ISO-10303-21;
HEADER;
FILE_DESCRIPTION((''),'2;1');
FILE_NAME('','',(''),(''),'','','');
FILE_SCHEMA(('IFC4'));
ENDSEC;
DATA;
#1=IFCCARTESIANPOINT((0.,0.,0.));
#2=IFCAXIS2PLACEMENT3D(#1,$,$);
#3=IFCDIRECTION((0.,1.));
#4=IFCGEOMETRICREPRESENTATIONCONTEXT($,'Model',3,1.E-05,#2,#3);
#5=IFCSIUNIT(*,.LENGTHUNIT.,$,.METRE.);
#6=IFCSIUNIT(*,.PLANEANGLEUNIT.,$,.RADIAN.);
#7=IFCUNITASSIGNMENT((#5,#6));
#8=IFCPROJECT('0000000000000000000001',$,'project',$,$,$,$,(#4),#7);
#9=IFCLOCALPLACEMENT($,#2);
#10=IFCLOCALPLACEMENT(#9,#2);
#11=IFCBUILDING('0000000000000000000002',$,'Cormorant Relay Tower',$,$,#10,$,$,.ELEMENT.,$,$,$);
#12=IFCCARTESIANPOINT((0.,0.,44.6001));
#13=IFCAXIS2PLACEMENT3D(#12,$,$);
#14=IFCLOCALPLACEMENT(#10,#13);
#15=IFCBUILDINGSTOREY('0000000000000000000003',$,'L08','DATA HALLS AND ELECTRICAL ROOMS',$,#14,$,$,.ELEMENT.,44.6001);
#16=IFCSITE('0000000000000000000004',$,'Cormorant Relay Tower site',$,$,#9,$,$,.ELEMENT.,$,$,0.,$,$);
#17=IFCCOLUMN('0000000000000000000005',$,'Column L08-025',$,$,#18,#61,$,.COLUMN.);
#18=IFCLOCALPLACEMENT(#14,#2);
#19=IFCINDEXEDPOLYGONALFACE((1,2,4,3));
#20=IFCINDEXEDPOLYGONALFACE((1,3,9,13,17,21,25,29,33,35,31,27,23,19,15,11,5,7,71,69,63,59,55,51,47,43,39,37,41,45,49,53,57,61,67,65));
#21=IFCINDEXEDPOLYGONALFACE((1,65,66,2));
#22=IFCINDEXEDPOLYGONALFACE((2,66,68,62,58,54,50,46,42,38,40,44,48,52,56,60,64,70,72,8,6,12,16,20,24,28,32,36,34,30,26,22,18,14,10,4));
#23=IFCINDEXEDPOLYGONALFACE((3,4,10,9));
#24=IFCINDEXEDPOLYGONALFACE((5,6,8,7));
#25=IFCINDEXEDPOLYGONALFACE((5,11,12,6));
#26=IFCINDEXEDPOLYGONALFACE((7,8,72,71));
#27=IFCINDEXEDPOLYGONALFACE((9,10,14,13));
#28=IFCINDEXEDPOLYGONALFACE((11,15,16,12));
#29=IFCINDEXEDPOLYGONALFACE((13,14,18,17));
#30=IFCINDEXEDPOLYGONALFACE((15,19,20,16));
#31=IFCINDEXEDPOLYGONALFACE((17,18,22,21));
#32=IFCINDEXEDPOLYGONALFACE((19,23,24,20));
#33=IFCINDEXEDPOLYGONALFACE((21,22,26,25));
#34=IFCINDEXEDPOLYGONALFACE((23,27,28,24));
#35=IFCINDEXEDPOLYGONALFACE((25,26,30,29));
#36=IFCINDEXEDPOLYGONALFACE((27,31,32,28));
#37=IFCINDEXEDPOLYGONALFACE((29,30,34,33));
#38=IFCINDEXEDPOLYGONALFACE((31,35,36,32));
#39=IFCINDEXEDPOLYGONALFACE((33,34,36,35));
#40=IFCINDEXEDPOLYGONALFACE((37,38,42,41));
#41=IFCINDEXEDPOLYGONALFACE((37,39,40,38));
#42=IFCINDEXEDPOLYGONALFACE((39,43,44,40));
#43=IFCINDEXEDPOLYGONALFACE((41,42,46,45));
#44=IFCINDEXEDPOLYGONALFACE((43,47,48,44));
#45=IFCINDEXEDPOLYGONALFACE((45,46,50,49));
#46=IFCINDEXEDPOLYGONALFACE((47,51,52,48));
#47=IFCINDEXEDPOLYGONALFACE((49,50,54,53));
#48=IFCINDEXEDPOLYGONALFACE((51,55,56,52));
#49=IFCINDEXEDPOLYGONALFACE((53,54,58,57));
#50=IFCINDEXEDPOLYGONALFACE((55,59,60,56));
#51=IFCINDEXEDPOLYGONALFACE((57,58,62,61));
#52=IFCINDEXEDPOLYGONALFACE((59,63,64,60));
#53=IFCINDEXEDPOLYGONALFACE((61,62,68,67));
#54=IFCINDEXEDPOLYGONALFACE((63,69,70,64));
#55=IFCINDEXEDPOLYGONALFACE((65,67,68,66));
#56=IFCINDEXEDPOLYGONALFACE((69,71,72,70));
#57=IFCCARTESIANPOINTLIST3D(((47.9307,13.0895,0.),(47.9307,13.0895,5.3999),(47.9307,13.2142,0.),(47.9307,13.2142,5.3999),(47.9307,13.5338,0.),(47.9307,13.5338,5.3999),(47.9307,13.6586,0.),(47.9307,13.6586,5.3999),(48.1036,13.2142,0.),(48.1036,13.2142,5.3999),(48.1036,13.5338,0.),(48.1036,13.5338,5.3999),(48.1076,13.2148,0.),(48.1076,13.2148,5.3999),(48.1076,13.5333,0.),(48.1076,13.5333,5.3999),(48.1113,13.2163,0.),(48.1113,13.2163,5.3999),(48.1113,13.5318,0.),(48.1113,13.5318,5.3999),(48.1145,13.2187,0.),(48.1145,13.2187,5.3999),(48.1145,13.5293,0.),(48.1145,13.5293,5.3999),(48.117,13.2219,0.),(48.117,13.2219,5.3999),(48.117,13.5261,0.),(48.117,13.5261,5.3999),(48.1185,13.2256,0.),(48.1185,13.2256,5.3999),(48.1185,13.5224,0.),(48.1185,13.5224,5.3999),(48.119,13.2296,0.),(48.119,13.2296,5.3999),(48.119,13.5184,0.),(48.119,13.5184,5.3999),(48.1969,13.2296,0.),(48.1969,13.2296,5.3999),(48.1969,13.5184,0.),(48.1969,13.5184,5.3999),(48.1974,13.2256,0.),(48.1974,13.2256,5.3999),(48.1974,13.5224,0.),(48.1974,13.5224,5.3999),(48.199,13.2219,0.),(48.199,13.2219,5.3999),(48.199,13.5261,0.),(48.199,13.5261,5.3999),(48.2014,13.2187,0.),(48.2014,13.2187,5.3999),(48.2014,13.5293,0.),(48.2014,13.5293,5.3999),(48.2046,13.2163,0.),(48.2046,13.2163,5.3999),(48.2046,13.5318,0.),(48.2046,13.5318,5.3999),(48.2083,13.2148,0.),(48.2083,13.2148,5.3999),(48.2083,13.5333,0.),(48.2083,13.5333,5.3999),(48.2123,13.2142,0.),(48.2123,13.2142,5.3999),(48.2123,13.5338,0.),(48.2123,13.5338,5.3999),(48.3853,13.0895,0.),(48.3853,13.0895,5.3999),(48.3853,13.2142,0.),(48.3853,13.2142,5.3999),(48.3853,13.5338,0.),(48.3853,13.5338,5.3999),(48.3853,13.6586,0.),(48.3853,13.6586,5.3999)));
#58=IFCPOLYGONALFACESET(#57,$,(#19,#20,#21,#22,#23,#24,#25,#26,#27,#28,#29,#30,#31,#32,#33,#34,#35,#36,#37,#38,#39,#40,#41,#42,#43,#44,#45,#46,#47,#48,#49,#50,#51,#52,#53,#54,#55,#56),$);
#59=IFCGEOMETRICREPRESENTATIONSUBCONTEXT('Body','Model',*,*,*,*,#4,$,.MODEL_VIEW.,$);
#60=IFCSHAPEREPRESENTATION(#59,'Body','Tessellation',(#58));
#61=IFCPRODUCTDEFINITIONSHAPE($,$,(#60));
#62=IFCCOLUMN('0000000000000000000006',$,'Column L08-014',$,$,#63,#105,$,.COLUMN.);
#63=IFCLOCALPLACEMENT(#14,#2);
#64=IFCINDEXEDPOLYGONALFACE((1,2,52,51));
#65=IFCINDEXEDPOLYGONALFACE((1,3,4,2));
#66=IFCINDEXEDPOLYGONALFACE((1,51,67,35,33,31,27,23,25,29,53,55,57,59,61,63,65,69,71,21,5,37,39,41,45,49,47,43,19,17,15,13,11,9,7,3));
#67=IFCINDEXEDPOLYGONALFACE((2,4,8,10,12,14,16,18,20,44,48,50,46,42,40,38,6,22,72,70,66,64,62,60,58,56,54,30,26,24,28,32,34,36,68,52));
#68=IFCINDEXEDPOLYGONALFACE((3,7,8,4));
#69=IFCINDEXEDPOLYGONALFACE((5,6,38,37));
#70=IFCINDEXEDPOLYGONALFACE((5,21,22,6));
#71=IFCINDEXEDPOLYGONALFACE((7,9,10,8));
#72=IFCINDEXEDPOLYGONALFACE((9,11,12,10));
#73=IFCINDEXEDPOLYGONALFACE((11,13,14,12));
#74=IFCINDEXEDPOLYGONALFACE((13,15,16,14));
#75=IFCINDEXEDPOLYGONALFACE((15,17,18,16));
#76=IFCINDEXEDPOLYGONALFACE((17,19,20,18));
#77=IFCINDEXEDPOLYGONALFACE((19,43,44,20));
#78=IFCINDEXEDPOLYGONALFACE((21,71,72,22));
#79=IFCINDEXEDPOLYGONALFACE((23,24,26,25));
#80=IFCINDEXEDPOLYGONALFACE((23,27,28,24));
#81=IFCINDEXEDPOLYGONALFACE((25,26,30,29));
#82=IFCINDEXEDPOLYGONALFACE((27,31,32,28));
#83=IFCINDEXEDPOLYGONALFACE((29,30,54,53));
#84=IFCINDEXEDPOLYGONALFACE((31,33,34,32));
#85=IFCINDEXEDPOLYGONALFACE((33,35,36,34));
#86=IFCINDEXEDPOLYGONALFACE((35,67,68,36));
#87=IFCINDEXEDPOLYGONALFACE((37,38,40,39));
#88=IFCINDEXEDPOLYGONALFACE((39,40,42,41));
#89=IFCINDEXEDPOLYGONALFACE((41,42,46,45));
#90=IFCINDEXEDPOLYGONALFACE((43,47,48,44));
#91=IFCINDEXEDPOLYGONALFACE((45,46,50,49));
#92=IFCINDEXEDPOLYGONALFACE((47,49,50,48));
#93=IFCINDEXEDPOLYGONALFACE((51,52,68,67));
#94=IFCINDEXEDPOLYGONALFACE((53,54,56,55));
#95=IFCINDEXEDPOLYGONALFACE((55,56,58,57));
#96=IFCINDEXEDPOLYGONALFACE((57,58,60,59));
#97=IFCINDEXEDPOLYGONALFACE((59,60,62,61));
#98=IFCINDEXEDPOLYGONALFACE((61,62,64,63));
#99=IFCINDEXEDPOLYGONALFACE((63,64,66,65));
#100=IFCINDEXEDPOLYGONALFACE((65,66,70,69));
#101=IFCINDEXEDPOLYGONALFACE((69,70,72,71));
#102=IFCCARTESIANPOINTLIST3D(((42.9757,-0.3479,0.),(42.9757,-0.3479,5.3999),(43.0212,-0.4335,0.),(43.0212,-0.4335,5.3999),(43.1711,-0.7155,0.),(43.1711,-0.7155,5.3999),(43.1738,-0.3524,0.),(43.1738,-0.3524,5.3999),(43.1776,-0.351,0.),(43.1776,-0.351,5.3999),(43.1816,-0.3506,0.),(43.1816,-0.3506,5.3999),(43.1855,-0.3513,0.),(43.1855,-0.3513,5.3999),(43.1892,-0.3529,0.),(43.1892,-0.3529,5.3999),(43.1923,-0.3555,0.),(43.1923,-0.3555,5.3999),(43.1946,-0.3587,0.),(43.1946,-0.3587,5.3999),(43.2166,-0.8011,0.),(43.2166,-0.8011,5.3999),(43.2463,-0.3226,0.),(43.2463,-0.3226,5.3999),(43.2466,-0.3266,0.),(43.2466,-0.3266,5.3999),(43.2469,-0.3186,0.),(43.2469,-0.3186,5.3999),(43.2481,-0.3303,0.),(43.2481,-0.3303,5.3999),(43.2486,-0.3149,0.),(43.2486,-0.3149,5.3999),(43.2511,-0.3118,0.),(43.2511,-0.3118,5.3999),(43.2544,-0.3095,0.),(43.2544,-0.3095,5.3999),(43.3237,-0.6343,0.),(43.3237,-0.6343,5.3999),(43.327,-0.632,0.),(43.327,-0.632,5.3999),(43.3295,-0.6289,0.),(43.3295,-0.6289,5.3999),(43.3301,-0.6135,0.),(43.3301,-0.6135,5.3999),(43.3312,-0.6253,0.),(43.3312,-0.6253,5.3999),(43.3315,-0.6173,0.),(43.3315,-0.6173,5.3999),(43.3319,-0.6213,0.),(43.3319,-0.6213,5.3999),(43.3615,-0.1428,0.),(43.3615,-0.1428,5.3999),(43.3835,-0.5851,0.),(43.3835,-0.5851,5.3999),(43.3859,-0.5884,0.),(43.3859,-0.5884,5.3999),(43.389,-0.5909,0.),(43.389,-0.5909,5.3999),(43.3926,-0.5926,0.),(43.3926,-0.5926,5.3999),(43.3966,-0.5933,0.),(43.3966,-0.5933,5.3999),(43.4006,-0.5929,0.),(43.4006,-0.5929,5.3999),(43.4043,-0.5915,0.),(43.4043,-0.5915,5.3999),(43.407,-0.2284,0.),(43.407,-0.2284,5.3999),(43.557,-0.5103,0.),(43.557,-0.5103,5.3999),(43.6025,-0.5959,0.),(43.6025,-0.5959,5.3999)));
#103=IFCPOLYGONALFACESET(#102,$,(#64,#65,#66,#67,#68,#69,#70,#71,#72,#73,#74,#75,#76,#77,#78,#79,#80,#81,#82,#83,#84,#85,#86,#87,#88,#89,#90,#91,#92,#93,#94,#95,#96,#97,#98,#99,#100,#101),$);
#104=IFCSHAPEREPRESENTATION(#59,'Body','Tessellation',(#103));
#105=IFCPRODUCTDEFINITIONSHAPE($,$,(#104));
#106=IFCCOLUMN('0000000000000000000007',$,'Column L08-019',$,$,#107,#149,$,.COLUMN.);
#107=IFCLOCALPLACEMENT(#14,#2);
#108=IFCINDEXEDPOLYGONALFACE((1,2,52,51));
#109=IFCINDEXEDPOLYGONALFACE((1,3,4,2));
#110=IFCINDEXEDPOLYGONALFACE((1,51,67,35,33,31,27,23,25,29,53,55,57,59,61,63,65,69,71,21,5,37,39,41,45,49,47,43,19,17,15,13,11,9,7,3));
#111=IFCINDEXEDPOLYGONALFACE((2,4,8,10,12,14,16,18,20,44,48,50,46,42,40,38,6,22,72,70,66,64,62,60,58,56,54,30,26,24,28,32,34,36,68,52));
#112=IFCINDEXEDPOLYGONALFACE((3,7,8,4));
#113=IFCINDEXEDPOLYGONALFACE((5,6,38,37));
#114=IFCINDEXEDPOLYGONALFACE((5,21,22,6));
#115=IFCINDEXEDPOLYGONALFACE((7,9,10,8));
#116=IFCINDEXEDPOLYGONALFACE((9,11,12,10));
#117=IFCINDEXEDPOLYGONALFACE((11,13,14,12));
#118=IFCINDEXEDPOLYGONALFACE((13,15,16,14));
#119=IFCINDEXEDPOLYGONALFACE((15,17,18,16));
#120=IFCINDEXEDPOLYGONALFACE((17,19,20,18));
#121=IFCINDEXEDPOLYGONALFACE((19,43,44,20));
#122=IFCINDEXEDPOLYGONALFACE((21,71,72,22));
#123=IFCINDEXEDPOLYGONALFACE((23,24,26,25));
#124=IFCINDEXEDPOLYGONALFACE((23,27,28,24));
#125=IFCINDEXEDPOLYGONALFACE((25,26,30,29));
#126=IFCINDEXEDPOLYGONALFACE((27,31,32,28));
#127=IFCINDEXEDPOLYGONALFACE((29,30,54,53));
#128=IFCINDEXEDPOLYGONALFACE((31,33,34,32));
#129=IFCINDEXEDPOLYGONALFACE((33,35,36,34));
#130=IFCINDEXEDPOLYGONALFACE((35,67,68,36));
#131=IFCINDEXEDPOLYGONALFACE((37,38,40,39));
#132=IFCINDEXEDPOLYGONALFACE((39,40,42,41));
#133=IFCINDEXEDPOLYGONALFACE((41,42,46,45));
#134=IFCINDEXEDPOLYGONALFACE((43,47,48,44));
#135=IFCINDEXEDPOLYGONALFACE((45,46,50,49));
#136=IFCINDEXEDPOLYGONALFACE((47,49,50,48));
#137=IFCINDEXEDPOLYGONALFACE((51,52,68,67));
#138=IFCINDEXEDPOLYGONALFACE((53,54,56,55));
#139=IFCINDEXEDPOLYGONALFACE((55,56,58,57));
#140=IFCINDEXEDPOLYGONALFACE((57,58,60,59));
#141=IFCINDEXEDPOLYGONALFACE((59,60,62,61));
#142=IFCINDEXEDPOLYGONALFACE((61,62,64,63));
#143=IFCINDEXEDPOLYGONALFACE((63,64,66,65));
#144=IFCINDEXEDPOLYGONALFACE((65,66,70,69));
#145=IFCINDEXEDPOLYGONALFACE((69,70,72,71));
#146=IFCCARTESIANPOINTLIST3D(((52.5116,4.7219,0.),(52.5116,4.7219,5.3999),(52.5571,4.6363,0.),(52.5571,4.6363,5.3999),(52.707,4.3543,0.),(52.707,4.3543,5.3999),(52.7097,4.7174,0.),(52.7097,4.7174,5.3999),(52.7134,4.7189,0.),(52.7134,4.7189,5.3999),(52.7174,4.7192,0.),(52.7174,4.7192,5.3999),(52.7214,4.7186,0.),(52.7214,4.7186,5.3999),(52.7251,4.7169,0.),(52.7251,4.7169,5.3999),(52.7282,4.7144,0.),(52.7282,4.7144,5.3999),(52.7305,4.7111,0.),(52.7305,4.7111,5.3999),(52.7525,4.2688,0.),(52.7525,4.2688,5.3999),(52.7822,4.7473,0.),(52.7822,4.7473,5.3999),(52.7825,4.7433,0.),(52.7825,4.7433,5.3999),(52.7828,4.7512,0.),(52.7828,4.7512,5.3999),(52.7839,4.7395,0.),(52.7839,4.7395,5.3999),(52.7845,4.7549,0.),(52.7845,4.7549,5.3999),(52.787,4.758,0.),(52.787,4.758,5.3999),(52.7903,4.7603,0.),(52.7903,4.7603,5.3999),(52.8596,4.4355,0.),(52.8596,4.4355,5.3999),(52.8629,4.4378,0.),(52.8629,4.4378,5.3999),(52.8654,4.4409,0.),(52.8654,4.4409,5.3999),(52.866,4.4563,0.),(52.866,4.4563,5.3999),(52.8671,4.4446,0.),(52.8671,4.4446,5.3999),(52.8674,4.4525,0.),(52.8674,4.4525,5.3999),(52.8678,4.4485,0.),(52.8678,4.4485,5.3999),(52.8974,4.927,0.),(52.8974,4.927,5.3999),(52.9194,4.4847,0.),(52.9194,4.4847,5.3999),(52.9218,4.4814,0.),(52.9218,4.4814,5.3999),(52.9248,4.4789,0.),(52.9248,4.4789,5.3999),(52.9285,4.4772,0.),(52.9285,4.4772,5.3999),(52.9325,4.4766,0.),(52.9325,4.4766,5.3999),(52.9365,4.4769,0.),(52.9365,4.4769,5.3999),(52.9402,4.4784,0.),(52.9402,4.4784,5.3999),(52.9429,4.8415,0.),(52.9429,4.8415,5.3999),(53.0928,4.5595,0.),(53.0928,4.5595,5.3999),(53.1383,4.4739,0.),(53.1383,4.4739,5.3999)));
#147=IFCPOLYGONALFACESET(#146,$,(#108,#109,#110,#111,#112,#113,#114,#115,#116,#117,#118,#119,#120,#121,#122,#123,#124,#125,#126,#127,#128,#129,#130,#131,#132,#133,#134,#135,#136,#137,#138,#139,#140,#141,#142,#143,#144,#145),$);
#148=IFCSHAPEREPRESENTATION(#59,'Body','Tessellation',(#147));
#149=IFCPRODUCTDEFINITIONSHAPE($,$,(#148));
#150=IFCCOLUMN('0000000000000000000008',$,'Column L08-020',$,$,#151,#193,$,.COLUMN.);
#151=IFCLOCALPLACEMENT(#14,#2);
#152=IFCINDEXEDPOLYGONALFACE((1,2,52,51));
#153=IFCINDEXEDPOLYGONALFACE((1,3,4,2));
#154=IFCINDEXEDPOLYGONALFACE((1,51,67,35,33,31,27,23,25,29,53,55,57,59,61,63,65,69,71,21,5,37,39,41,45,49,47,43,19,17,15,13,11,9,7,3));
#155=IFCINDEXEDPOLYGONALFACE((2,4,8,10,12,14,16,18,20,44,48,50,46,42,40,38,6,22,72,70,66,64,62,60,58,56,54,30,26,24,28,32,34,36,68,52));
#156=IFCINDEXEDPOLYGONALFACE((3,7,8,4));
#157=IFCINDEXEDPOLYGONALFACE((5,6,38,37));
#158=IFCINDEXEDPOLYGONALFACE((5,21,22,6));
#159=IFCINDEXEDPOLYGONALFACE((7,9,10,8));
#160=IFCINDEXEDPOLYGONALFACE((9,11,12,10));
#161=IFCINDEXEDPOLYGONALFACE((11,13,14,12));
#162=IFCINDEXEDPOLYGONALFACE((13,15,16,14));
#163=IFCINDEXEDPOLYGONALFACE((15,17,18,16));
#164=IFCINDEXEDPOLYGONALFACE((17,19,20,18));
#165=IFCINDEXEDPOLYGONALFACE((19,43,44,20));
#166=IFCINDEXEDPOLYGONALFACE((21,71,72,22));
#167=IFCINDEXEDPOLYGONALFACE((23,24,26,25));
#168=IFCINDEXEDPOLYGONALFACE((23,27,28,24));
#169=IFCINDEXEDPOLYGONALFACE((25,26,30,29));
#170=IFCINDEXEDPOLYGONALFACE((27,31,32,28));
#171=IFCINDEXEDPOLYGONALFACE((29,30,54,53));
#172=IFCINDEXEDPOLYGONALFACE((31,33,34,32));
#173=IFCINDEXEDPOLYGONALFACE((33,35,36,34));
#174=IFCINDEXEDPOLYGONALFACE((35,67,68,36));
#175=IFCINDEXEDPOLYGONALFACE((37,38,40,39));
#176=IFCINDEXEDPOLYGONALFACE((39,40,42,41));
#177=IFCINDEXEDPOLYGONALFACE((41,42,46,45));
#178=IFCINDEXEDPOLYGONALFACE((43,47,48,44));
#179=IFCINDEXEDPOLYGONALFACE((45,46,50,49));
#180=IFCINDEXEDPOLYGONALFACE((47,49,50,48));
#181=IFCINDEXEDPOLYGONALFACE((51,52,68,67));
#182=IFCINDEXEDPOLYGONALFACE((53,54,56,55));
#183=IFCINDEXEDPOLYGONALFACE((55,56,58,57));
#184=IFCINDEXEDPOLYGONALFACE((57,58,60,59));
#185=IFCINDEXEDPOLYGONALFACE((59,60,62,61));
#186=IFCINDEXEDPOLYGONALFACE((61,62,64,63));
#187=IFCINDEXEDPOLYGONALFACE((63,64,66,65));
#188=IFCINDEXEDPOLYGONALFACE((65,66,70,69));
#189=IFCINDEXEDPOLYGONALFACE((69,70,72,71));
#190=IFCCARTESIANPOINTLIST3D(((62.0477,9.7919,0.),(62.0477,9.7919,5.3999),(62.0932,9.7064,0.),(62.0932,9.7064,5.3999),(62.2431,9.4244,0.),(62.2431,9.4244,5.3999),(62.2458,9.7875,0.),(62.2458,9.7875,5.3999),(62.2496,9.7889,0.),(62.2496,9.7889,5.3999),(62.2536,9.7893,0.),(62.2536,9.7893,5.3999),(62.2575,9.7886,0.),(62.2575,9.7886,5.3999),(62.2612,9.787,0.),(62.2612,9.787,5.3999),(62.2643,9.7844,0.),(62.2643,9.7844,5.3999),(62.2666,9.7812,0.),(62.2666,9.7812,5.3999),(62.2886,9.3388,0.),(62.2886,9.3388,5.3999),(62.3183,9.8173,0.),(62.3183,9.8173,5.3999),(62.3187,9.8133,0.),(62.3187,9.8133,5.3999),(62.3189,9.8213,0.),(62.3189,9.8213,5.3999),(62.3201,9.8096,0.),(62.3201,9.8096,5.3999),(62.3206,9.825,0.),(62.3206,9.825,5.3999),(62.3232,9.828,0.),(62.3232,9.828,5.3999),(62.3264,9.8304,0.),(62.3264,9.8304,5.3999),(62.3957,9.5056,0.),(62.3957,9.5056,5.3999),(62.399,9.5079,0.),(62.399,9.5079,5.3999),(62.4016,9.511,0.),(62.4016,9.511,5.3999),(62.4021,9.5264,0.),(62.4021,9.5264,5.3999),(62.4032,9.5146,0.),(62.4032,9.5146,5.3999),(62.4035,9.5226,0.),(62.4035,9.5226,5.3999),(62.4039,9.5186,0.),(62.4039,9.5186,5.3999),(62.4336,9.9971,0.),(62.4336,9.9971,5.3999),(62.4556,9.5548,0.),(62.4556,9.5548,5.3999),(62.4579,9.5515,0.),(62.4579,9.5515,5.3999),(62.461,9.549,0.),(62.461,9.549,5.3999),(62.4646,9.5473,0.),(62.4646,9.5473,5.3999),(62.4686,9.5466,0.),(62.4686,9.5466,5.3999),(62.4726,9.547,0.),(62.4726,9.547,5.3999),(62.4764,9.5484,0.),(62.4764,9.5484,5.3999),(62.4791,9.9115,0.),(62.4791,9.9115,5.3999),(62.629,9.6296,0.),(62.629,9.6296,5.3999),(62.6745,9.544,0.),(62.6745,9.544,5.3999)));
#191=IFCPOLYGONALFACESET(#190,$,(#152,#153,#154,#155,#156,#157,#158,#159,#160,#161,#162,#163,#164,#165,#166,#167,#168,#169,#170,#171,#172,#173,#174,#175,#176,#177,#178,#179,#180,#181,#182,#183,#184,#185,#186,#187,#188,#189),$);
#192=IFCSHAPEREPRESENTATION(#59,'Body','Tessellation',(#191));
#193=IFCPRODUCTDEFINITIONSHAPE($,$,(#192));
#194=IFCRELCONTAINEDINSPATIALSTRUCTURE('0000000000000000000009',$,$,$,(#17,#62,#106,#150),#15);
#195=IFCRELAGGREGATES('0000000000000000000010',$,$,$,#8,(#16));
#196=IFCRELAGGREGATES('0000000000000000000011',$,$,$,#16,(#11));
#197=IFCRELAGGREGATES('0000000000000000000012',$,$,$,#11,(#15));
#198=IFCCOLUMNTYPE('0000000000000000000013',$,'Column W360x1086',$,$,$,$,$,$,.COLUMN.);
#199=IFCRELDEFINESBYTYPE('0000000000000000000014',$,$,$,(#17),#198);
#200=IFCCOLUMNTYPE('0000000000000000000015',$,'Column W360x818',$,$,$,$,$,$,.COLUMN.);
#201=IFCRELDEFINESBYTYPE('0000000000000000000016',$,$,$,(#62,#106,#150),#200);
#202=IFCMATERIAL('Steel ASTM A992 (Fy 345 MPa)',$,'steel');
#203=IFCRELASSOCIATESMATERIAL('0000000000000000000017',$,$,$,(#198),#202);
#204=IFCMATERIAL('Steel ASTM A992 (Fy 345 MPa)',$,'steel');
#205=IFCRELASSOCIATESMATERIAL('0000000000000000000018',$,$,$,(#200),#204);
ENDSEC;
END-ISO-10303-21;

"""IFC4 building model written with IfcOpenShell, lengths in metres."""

from ifc_helpers import new_model, si_unit, direction, frame, origin, origin_2d, place, context, subcontext, project, spatial, i_section, extrude, material, material_profile, profile_set, type_object, element, save


model = new_model("IFC4")

# Units and contexts
model_context = context("Model", 3, precision=1e-05, world=origin(), true_north=direction((0.0, 1.0)))
body_context = subcontext(model_context, "Body", "Model", "MODEL_VIEW")
ifc_project = project(units=[si_unit("LENGTHUNIT", "METRE"), si_unit("PLANEANGLEUNIT", "RADIAN")], contexts=[model_context])

# Site, building, storey
site_placement = place(None, origin())
site = spatial("IfcSite", under=ifc_project, at=site_placement, Name="Cormorant Relay Tower site", CompositionType="ELEMENT", RefElevation=0.0)
building_placement = place(site_placement, origin())
building = spatial("IfcBuilding", under=site, at=building_placement, Name="Cormorant Relay Tower", CompositionType="ELEMENT")
storey_placement = place(building_placement, frame((0.0, 0.0, 44.6001)))
storey = spatial("IfcBuildingStorey", under=building, at=storey_placement, Name="L08", Description="DATA HALLS AND ELECTRICAL ROOMS", CompositionType="ELEMENT", Elevation=44.6001)

# Columns
ifc_material_1 = material(Name="Steel ASTM A992 (Fy 345 MPa)", Category="steel")
ifc_material_profile_1 = material_profile(ifc_material_1, i_section(OverallWidth=0.4546, OverallDepth=0.5691, WebThickness=0.0779, FlangeThickness=0.1248, FilletRadius=0.0154, at=origin_2d()), Name="W360x1086")
ifc_profile_set_1 = profile_set([ifc_material_profile_1], Name="Steel ASTM A992 (Fy 345 MPa)")
column_type_1 = type_object("IfcColumnType", Name="Column W360x1086", PredefinedType="COLUMN", material=ifc_profile_set_1)
column_placement = place(storey_placement, frame((48.158, 13.374, 0.0), z_axis=(0.0, 0.0, 1.0), x_axis=(1.0, 0.0, 0.0)))
element("IfcColumn", 1, at=column_placement, inside=storey, type_object=column_type_1, Name="Column L08-025", PredefinedType="COLUMN", context=body_context, shape_type="SweptSolid", body=[
    extrude(i_section(OverallWidth=0.4546, OverallDepth=0.5691, WebThickness=0.0779, FlangeThickness=0.1248, FilletRadius=0.0154, at=origin_2d()), origin(), (0.0, 0.0, 1.0), 5.3999),
])
ifc_material_2 = material(Name="Steel ASTM A992 (Fy 345 MPa)", Category="steel")
ifc_material_profile_2 = material_profile(ifc_material_2, i_section(OverallWidth=0.437, OverallDepth=0.5132, WebThickness=0.0605, FlangeThickness=0.0969, FilletRadius=0.0154, at=origin_2d()), Name="W360x818")
ifc_profile_set_2 = profile_set([ifc_material_profile_2], Name="Steel ASTM A992 (Fy 345 MPa)")
column_type_2 = type_object("IfcColumnType", Name="Column W360x818", PredefinedType="COLUMN", material=ifc_profile_set_2)
for number, where, z_axis, x_axis, name in (
    (2, (43.2891, -0.4719, 0.0), (0.0, 0.0, 1.0), (0.882948, 0.469472, 0.0), "Column L08-014"),
    (3, (52.825, 4.5979, 0.0), (0.0, 0.0, 1.0), (0.882948, 0.469472, 0.0), "Column L08-019"),
    (4, (62.3611, 9.668, 0.0), (0.0, 0.0, 1.0), (0.882948, 0.469472, 0.0), "Column L08-020"),
):
    element("IfcColumn", number, at=place(storey_placement, frame(where, z_axis=z_axis, x_axis=x_axis)), inside=storey, type_object=column_type_2, Name=name, PredefinedType="COLUMN", context=body_context, shape_type="SweptSolid", body=[
        extrude(i_section(OverallWidth=0.437, OverallDepth=0.5132, WebThickness=0.0605, FlangeThickness=0.0969, FilletRadius=0.0154, at=origin_2d()), origin(), (0.0, 0.0, 1.0), 5.3999),
    ])

save(model, "model.ifc")
